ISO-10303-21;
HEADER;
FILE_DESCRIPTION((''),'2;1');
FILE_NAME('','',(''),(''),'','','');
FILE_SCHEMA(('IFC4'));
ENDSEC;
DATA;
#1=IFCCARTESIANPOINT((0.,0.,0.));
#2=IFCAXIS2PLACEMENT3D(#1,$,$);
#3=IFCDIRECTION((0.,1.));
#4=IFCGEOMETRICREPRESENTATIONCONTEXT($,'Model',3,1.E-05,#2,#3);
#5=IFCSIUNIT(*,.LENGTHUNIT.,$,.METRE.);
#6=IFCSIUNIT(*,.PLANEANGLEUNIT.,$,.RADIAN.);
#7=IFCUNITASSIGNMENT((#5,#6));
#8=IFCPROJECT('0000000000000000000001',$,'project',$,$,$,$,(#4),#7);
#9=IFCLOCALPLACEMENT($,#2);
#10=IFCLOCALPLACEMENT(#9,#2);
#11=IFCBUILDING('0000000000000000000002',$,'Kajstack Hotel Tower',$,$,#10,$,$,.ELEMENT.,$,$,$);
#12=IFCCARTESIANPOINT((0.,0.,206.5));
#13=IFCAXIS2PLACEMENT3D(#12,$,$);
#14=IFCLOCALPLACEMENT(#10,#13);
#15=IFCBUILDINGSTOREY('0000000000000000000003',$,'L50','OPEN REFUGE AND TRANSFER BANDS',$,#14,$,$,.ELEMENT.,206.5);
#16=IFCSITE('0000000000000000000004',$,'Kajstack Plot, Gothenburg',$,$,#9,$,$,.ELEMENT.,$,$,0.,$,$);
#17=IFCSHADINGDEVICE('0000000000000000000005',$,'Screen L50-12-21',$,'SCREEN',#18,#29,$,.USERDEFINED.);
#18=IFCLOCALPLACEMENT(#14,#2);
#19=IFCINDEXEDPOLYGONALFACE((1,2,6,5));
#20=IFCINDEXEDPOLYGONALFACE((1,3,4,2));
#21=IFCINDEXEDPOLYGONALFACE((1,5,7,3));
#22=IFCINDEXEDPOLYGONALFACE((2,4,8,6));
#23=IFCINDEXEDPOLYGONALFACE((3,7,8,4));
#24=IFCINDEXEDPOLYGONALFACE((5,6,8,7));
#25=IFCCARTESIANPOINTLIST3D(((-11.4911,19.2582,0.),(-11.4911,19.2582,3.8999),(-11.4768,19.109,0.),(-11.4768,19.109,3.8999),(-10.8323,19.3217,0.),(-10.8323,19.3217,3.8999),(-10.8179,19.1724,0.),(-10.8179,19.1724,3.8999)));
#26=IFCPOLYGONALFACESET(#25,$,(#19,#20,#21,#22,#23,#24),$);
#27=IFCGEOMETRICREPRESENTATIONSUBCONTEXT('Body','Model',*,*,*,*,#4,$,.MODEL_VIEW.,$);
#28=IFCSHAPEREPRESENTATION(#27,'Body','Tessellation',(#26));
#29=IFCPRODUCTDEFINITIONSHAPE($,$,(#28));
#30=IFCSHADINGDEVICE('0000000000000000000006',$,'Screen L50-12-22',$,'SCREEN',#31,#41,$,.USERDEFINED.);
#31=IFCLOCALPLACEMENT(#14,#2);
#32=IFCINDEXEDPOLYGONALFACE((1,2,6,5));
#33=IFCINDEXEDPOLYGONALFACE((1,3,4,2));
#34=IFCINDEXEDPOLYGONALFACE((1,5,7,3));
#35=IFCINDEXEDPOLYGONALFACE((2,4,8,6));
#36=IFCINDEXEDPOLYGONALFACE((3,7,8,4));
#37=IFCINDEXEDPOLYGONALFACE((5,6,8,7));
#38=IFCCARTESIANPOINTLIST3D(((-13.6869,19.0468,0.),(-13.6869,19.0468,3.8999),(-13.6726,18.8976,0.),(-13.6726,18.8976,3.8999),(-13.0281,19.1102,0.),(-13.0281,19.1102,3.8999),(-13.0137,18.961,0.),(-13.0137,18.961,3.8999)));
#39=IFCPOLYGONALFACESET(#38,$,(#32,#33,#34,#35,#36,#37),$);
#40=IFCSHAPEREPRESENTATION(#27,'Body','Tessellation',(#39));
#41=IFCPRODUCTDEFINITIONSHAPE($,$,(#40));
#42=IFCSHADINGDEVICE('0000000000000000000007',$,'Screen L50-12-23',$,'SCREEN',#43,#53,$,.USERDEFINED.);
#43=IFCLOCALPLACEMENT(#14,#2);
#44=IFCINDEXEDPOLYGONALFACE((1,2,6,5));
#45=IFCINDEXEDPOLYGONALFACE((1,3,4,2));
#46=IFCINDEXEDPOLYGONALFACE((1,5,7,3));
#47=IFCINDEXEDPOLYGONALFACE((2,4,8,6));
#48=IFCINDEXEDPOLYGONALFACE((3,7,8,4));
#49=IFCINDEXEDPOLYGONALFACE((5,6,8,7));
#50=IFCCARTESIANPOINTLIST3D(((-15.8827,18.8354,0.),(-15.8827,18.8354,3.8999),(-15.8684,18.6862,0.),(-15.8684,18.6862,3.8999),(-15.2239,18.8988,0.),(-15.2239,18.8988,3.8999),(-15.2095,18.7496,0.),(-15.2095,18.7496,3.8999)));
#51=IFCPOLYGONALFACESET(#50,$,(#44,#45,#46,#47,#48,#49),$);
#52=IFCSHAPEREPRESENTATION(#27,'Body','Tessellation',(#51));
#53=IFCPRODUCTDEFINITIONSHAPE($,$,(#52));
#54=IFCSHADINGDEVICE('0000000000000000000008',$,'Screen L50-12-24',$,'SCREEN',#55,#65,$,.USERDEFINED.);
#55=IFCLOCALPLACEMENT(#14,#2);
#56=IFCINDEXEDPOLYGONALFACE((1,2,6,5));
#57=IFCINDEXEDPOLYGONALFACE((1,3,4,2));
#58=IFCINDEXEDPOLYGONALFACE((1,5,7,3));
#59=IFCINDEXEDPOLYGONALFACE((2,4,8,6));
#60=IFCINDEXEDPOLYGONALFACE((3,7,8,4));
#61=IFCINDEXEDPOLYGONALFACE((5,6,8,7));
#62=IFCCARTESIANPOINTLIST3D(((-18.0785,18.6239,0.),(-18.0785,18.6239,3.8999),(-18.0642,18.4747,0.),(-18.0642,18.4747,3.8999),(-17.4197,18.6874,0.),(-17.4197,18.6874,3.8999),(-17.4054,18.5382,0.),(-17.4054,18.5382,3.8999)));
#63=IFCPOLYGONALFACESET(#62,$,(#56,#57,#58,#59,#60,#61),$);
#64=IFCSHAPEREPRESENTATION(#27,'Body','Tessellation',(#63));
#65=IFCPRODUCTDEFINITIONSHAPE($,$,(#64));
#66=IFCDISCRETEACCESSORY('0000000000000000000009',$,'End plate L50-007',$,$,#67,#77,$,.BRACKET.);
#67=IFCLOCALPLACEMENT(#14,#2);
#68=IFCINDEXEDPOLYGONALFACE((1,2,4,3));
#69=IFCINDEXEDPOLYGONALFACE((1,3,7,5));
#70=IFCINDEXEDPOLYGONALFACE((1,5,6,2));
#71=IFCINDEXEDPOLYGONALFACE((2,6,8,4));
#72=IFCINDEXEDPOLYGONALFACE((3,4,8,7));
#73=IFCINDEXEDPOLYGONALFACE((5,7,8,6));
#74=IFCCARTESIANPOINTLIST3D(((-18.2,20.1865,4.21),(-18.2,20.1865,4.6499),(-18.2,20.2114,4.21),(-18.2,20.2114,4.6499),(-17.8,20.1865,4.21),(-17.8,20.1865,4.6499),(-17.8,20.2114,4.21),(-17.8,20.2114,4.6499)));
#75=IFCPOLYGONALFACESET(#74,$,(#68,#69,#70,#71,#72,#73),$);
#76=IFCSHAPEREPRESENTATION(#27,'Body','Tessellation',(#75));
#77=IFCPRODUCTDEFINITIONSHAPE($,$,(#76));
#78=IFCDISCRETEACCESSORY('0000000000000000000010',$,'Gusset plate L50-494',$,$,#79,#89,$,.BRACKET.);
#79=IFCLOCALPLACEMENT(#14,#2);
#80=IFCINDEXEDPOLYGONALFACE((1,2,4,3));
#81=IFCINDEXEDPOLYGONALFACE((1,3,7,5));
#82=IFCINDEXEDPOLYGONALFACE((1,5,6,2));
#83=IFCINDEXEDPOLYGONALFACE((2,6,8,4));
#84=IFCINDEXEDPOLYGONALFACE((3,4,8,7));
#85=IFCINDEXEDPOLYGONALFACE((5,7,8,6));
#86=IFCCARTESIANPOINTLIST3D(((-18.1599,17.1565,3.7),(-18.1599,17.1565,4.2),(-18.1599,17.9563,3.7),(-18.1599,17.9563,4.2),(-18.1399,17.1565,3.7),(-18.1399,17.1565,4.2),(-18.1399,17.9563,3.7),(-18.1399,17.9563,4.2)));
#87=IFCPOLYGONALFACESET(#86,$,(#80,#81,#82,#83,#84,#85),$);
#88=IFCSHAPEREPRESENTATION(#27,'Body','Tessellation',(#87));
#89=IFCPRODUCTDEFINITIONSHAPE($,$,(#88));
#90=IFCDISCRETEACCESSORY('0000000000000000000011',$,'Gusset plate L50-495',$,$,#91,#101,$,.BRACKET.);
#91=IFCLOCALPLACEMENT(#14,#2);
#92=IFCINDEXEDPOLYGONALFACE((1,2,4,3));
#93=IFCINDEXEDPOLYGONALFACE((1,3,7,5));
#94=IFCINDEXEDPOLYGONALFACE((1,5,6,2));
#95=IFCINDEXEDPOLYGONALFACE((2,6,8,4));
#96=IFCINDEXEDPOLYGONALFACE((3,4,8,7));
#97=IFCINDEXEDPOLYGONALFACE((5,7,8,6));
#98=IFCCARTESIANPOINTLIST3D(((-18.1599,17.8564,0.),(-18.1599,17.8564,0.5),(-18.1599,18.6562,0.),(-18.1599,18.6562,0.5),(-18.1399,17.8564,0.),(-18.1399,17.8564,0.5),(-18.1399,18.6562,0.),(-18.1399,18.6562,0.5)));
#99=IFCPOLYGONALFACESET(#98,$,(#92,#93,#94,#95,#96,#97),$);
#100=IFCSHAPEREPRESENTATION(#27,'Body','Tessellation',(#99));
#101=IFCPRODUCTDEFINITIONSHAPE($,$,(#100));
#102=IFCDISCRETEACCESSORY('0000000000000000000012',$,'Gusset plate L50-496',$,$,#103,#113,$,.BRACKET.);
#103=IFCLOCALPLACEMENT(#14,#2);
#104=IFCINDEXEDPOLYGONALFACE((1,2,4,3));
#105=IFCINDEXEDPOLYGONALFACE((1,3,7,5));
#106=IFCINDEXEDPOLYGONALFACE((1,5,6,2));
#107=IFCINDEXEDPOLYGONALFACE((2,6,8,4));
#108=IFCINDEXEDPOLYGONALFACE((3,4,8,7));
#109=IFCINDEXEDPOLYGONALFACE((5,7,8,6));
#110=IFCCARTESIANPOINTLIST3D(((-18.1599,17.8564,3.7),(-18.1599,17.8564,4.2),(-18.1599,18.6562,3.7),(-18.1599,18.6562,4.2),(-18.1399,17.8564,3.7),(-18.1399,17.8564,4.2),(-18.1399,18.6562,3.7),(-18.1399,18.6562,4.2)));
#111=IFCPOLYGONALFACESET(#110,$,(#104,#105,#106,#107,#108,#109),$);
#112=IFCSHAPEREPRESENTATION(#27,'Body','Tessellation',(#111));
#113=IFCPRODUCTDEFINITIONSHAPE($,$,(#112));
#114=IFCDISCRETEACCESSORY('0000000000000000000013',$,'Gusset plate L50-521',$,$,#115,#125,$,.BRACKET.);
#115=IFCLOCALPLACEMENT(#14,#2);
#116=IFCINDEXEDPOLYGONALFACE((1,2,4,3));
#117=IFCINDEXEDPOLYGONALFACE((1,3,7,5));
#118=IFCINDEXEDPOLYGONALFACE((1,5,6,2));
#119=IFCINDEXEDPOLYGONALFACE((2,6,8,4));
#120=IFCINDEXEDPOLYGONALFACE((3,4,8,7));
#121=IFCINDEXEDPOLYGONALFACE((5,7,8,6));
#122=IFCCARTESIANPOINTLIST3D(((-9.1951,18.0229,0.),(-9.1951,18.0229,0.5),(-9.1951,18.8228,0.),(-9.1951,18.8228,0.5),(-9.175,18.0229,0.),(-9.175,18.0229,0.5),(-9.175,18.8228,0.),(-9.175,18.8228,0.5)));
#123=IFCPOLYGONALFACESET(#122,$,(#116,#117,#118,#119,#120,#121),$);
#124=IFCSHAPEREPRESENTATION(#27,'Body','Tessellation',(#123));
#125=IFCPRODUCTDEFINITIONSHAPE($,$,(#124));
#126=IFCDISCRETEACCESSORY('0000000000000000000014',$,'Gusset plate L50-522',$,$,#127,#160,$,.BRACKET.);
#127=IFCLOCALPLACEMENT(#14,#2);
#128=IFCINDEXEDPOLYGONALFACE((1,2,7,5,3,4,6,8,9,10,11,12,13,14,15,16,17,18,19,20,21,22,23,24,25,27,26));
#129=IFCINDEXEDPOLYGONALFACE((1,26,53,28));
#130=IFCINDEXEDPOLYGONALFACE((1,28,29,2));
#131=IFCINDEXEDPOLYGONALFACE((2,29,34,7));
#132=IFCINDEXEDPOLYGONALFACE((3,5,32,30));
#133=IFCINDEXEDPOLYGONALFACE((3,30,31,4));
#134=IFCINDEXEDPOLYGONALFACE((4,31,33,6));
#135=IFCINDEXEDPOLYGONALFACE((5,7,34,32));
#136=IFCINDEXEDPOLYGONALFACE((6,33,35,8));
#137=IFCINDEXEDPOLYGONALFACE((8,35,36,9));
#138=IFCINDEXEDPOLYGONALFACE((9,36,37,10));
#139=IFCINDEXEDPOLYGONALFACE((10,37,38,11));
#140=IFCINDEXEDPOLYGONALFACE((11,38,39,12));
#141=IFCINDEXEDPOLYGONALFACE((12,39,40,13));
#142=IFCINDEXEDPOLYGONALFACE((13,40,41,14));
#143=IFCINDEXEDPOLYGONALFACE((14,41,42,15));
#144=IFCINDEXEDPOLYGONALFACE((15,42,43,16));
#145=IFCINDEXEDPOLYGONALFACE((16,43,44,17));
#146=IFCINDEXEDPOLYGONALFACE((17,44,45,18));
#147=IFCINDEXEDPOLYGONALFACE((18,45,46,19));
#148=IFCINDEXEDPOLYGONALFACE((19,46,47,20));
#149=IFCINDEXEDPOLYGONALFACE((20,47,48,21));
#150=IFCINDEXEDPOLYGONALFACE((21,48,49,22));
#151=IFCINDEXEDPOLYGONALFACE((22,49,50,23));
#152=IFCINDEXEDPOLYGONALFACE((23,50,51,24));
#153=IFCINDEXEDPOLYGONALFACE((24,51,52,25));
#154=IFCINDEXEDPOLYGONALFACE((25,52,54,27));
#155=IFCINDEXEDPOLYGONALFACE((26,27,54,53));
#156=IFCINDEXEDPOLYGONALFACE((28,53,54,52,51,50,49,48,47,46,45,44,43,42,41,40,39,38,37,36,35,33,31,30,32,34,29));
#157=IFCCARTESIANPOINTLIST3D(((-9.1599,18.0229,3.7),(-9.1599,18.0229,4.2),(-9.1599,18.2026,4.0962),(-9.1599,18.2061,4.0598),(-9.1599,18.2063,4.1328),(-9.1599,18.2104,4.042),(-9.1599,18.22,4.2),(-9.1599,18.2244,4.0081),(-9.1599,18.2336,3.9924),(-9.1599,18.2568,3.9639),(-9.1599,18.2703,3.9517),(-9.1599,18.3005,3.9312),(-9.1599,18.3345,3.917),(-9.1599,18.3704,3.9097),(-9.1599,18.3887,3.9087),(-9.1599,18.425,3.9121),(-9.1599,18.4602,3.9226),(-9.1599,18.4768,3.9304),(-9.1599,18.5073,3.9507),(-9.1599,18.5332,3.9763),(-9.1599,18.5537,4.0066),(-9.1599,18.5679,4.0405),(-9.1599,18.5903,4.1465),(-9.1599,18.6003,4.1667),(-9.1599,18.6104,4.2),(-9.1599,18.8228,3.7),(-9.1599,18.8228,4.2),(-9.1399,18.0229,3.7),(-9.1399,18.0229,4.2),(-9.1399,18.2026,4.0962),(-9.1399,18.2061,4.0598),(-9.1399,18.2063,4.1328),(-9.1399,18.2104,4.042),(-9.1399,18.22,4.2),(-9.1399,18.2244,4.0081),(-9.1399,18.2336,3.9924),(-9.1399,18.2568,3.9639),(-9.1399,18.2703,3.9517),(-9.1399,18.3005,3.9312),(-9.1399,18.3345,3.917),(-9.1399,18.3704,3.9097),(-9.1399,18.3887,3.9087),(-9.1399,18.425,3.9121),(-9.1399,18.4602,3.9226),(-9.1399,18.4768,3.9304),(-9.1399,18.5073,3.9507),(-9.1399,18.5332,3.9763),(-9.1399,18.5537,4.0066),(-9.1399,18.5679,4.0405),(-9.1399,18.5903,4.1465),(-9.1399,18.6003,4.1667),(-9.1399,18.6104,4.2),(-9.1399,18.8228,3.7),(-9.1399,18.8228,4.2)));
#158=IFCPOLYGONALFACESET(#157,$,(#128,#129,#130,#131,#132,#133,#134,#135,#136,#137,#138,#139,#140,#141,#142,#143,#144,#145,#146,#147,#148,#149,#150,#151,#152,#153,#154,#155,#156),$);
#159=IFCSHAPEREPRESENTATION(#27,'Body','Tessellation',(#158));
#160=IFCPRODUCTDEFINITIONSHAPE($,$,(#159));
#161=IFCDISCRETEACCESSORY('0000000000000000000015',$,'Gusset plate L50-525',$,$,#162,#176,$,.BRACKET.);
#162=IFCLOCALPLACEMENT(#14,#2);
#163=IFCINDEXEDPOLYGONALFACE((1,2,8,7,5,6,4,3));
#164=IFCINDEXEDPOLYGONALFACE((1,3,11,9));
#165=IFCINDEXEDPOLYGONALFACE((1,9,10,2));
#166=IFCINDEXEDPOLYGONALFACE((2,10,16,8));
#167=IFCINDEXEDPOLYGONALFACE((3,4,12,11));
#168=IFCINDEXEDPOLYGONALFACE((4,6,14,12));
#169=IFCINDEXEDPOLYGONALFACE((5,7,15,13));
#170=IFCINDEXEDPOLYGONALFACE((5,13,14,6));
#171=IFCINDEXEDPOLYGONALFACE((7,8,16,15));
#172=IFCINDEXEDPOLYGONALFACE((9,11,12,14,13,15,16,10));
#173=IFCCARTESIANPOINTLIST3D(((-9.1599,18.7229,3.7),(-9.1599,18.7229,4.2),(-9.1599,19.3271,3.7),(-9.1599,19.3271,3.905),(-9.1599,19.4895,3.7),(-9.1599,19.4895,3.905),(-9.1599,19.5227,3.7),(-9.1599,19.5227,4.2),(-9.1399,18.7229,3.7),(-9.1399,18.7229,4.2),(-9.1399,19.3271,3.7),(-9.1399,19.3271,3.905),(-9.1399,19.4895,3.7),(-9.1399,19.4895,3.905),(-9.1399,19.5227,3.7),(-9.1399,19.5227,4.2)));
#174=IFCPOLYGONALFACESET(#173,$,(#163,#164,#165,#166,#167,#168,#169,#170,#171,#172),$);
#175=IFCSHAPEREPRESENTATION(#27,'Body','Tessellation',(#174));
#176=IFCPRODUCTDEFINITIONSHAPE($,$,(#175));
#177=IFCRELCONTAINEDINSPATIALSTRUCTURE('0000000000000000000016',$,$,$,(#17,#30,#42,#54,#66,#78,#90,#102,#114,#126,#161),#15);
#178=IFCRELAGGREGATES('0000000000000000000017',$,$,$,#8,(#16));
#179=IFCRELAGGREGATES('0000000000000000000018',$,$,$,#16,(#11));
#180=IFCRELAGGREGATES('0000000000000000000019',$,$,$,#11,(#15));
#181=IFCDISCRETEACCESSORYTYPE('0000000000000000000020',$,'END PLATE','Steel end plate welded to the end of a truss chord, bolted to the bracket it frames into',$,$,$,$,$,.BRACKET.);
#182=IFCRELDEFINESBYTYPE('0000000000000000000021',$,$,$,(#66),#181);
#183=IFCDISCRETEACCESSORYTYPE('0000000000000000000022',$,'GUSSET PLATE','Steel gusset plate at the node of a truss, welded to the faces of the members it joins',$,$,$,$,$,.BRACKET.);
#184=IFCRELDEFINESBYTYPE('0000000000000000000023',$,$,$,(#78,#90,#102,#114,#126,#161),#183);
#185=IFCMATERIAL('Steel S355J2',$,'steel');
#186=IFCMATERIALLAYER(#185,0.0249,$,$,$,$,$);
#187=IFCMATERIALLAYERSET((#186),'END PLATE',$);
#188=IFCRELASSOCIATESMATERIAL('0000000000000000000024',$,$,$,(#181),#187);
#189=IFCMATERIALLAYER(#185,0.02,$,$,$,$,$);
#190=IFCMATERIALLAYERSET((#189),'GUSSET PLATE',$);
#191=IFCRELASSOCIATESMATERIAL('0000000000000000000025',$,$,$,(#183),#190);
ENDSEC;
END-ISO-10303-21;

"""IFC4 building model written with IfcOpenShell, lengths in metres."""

from ifc_helpers import new_model, si_unit, direction, frame, origin, origin_2d, place, context, subcontext, project, spatial, polyline, rectangle, outline, extrude, material, layer, layer_set, type_object, element, save


model = new_model("IFC4")

# Units and contexts
model_context = context("Model", 3, precision=1e-05, world=origin(), true_north=direction((0.0, 1.0)))
body_context = subcontext(model_context, "Body", "Model", "MODEL_VIEW")
ifc_project = project(units=[si_unit("LENGTHUNIT", "METRE"), si_unit("PLANEANGLEUNIT", "RADIAN")], contexts=[model_context])

# Site, building, storey
site_placement = place(None, origin())
site = spatial("IfcSite", under=ifc_project, at=site_placement, Name="Kajstack Plot, Gothenburg", CompositionType="ELEMENT", RefElevation=0.0)
building_placement = place(site_placement, origin())
building = spatial("IfcBuilding", under=site, at=building_placement, Name="Kajstack Hotel Tower", CompositionType="ELEMENT")
storey_placement = place(building_placement, frame((0.0, 0.0, 206.5)))
storey = spatial("IfcBuildingStorey", under=building, at=storey_placement, Name="L50", Description="OPEN REFUGE AND TRANSFER BANDS", CompositionType="ELEMENT", Elevation=206.5)

# Shared definitions
ifc_material = material(Name="Steel S355J2", Category="steel")

# Shading devices
for number, where, z_axis, x_axis, name in (
    (1, (-11.1545, 19.2153, 0.0), (0.0, 0.0, 1.0), (-0.995396, -0.095845, 0.0), "Screen L50-12-21"),
    (2, (-13.3503, 19.0039, 0.0), (0.0, 0.0, 1.0), (-0.995396, -0.095845, 0.0), "Screen L50-12-22"),
    (3, (-15.5461, 18.7925, 0.0), (0.0, 0.0, 1.0), (-0.995396, -0.095845, 0.0), "Screen L50-12-23"),
    (4, (-17.7419, 18.5811, 0.0), (0.0, 0.0, 1.0), (-0.995396, -0.095845, 0.0), "Screen L50-12-24"),
):
    element("IfcShadingDevice", number, at=place(storey_placement, frame(where, z_axis=z_axis, x_axis=x_axis)), inside=storey, Name=name, ObjectType="SCREEN", PredefinedType="USERDEFINED", context=body_context, shape_type="SweptSolid", body=[
        extrude(rectangle(XDim=0.6619, YDim=0.1499, at=origin_2d()), origin(), (0.0, 0.0, 1.0), 3.8999),
    ])

# Discrete accessories
ifc_layer_1 = layer(ifc_material, 0.0249)
ifc_layer_set_1 = layer_set([ifc_layer_1], Name="END PLATE")
discrete_accessory_type_1 = type_object("IfcDiscreteAccessoryType", Name="END PLATE", Description="Steel end plate welded to the end of a truss chord, bolted to the bracket it frames into", PredefinedType="BRACKET", material=ifc_layer_set_1)
discrete_accessory_1_placement = place(storey_placement, frame((-18.0, 20.1865, 4.4299), z_axis=(0.0, 1.0, 0.0), x_axis=(-1.0, 0.0, 0.0)))
element("IfcDiscreteAccessory", 5, at=discrete_accessory_1_placement, inside=storey, type_object=discrete_accessory_type_1, Name="End plate L50-007", PredefinedType="BRACKET", context=body_context, shape_type="SweptSolid", body=[
    extrude(outline(polyline([(-0.2, -0.22), (0.2, -0.22), (0.2, 0.22), (-0.2, 0.22), (-0.2, -0.22)])), origin(), (0.0, 0.0, 1.0), 0.0249),
])
ifc_layer_2 = layer(ifc_material, 0.02)
ifc_layer_set_2 = layer_set([ifc_layer_2], Name="GUSSET PLATE")
discrete_accessory_type_2 = type_object("IfcDiscreteAccessoryType", Name="GUSSET PLATE", Description="Steel gusset plate at the node of a truss, welded to the faces of the members it joins", PredefinedType="BRACKET", material=ifc_layer_set_2)
for number, where, z_axis, x_axis, name in (
    (6, (-18.1599, 17.5564, 3.7), (1.0, 0.0, 0.0), (0.0, 1.0, 0.0), "Gusset plate L50-494"),
    (7, (-18.1599, 18.2563, 0.0), (1.0, 0.0, 0.0), (0.0, 1.0, 0.0), "Gusset plate L50-495"),
    (8, (-18.1599, 18.2563, 3.7), (1.0, 0.0, 0.0), (0.0, 1.0, 0.0), "Gusset plate L50-496"),
    (9, (-9.1951, 18.4229, 0.0), (1.0, 0.0, 0.0), (0.0, 1.0, 0.0), "Gusset plate L50-521"),
):
    element("IfcDiscreteAccessory", number, at=place(storey_placement, frame(where, z_axis=z_axis, x_axis=x_axis)), inside=storey, type_object=discrete_accessory_type_2, Name=name, PredefinedType="BRACKET", context=body_context, shape_type="SweptSolid", body=[
        extrude(outline(polyline([(-0.3999, 0.0), (0.3999, 0.0), (0.3999, 0.5), (-0.3999, 0.5), (-0.3999, 0.0)])), origin(), (0.0, 0.0, 1.0), 0.02),
    ])
discrete_accessory_2_placement = place(storey_placement, frame((-9.1599, 18.4229, 3.7), z_axis=(1.0, 0.0, 0.0), x_axis=(0.0, 1.0, 0.0)))
element("IfcDiscreteAccessory", 10, at=discrete_accessory_2_placement, inside=storey, type_object=discrete_accessory_type_2, Name="Gusset plate L50-522", PredefinedType="BRACKET", context=body_context, shape_type="SweptSolid", body=[
    extrude(outline(polyline([(0.3999, 0.5), (0.1875, 0.5), (0.1775, 0.4668), (0.1675, 0.4465), (0.145, 0.3406), (0.1309, 0.3066), (0.1104, 0.2764), (0.0845, 0.2507), (0.054, 0.2305), (0.0374, 0.2227), (0.0022, 0.2122), (-0.0342, 0.2087), (-0.0525, 0.2097), (-0.0884, 0.217), (-0.1223, 0.2312), (-0.1526, 0.2517), (-0.166, 0.2639), (-0.1892, 0.2925), (-0.1985, 0.3081), (-0.2124, 0.342), (-0.2168, 0.3599), (-0.2202, 0.3962), (-0.2166, 0.4329), (-0.2029, 0.5), (-0.3999, 0.5), (-0.3999, 0.0), (0.3999, 0.0), (0.3999, 0.5)])), origin(), (0.0, 0.0, 1.0), 0.02),
])
discrete_accessory_3_placement = place(storey_placement, frame((-9.1599, 19.1228, 3.7), z_axis=(1.0, 0.0, 0.0), x_axis=(0.0, 1.0, 0.0)))
element("IfcDiscreteAccessory", 11, at=discrete_accessory_3_placement, inside=storey, type_object=discrete_accessory_type_2, Name="Gusset plate L50-525", PredefinedType="BRACKET", context=body_context, shape_type="SweptSolid", body=[
    extrude(outline(polyline([(-0.3999, 0.0), (0.2043, 0.0), (0.2043, 0.2051), (0.3667, 0.2051), (0.3667, 0.0), (0.3999, 0.0), (0.3999, 0.5), (-0.3999, 0.5), (-0.3999, 0.0)])), origin(), (0.0, 0.0, 1.0), 0.02),
])

save(model, "model.ifc")
